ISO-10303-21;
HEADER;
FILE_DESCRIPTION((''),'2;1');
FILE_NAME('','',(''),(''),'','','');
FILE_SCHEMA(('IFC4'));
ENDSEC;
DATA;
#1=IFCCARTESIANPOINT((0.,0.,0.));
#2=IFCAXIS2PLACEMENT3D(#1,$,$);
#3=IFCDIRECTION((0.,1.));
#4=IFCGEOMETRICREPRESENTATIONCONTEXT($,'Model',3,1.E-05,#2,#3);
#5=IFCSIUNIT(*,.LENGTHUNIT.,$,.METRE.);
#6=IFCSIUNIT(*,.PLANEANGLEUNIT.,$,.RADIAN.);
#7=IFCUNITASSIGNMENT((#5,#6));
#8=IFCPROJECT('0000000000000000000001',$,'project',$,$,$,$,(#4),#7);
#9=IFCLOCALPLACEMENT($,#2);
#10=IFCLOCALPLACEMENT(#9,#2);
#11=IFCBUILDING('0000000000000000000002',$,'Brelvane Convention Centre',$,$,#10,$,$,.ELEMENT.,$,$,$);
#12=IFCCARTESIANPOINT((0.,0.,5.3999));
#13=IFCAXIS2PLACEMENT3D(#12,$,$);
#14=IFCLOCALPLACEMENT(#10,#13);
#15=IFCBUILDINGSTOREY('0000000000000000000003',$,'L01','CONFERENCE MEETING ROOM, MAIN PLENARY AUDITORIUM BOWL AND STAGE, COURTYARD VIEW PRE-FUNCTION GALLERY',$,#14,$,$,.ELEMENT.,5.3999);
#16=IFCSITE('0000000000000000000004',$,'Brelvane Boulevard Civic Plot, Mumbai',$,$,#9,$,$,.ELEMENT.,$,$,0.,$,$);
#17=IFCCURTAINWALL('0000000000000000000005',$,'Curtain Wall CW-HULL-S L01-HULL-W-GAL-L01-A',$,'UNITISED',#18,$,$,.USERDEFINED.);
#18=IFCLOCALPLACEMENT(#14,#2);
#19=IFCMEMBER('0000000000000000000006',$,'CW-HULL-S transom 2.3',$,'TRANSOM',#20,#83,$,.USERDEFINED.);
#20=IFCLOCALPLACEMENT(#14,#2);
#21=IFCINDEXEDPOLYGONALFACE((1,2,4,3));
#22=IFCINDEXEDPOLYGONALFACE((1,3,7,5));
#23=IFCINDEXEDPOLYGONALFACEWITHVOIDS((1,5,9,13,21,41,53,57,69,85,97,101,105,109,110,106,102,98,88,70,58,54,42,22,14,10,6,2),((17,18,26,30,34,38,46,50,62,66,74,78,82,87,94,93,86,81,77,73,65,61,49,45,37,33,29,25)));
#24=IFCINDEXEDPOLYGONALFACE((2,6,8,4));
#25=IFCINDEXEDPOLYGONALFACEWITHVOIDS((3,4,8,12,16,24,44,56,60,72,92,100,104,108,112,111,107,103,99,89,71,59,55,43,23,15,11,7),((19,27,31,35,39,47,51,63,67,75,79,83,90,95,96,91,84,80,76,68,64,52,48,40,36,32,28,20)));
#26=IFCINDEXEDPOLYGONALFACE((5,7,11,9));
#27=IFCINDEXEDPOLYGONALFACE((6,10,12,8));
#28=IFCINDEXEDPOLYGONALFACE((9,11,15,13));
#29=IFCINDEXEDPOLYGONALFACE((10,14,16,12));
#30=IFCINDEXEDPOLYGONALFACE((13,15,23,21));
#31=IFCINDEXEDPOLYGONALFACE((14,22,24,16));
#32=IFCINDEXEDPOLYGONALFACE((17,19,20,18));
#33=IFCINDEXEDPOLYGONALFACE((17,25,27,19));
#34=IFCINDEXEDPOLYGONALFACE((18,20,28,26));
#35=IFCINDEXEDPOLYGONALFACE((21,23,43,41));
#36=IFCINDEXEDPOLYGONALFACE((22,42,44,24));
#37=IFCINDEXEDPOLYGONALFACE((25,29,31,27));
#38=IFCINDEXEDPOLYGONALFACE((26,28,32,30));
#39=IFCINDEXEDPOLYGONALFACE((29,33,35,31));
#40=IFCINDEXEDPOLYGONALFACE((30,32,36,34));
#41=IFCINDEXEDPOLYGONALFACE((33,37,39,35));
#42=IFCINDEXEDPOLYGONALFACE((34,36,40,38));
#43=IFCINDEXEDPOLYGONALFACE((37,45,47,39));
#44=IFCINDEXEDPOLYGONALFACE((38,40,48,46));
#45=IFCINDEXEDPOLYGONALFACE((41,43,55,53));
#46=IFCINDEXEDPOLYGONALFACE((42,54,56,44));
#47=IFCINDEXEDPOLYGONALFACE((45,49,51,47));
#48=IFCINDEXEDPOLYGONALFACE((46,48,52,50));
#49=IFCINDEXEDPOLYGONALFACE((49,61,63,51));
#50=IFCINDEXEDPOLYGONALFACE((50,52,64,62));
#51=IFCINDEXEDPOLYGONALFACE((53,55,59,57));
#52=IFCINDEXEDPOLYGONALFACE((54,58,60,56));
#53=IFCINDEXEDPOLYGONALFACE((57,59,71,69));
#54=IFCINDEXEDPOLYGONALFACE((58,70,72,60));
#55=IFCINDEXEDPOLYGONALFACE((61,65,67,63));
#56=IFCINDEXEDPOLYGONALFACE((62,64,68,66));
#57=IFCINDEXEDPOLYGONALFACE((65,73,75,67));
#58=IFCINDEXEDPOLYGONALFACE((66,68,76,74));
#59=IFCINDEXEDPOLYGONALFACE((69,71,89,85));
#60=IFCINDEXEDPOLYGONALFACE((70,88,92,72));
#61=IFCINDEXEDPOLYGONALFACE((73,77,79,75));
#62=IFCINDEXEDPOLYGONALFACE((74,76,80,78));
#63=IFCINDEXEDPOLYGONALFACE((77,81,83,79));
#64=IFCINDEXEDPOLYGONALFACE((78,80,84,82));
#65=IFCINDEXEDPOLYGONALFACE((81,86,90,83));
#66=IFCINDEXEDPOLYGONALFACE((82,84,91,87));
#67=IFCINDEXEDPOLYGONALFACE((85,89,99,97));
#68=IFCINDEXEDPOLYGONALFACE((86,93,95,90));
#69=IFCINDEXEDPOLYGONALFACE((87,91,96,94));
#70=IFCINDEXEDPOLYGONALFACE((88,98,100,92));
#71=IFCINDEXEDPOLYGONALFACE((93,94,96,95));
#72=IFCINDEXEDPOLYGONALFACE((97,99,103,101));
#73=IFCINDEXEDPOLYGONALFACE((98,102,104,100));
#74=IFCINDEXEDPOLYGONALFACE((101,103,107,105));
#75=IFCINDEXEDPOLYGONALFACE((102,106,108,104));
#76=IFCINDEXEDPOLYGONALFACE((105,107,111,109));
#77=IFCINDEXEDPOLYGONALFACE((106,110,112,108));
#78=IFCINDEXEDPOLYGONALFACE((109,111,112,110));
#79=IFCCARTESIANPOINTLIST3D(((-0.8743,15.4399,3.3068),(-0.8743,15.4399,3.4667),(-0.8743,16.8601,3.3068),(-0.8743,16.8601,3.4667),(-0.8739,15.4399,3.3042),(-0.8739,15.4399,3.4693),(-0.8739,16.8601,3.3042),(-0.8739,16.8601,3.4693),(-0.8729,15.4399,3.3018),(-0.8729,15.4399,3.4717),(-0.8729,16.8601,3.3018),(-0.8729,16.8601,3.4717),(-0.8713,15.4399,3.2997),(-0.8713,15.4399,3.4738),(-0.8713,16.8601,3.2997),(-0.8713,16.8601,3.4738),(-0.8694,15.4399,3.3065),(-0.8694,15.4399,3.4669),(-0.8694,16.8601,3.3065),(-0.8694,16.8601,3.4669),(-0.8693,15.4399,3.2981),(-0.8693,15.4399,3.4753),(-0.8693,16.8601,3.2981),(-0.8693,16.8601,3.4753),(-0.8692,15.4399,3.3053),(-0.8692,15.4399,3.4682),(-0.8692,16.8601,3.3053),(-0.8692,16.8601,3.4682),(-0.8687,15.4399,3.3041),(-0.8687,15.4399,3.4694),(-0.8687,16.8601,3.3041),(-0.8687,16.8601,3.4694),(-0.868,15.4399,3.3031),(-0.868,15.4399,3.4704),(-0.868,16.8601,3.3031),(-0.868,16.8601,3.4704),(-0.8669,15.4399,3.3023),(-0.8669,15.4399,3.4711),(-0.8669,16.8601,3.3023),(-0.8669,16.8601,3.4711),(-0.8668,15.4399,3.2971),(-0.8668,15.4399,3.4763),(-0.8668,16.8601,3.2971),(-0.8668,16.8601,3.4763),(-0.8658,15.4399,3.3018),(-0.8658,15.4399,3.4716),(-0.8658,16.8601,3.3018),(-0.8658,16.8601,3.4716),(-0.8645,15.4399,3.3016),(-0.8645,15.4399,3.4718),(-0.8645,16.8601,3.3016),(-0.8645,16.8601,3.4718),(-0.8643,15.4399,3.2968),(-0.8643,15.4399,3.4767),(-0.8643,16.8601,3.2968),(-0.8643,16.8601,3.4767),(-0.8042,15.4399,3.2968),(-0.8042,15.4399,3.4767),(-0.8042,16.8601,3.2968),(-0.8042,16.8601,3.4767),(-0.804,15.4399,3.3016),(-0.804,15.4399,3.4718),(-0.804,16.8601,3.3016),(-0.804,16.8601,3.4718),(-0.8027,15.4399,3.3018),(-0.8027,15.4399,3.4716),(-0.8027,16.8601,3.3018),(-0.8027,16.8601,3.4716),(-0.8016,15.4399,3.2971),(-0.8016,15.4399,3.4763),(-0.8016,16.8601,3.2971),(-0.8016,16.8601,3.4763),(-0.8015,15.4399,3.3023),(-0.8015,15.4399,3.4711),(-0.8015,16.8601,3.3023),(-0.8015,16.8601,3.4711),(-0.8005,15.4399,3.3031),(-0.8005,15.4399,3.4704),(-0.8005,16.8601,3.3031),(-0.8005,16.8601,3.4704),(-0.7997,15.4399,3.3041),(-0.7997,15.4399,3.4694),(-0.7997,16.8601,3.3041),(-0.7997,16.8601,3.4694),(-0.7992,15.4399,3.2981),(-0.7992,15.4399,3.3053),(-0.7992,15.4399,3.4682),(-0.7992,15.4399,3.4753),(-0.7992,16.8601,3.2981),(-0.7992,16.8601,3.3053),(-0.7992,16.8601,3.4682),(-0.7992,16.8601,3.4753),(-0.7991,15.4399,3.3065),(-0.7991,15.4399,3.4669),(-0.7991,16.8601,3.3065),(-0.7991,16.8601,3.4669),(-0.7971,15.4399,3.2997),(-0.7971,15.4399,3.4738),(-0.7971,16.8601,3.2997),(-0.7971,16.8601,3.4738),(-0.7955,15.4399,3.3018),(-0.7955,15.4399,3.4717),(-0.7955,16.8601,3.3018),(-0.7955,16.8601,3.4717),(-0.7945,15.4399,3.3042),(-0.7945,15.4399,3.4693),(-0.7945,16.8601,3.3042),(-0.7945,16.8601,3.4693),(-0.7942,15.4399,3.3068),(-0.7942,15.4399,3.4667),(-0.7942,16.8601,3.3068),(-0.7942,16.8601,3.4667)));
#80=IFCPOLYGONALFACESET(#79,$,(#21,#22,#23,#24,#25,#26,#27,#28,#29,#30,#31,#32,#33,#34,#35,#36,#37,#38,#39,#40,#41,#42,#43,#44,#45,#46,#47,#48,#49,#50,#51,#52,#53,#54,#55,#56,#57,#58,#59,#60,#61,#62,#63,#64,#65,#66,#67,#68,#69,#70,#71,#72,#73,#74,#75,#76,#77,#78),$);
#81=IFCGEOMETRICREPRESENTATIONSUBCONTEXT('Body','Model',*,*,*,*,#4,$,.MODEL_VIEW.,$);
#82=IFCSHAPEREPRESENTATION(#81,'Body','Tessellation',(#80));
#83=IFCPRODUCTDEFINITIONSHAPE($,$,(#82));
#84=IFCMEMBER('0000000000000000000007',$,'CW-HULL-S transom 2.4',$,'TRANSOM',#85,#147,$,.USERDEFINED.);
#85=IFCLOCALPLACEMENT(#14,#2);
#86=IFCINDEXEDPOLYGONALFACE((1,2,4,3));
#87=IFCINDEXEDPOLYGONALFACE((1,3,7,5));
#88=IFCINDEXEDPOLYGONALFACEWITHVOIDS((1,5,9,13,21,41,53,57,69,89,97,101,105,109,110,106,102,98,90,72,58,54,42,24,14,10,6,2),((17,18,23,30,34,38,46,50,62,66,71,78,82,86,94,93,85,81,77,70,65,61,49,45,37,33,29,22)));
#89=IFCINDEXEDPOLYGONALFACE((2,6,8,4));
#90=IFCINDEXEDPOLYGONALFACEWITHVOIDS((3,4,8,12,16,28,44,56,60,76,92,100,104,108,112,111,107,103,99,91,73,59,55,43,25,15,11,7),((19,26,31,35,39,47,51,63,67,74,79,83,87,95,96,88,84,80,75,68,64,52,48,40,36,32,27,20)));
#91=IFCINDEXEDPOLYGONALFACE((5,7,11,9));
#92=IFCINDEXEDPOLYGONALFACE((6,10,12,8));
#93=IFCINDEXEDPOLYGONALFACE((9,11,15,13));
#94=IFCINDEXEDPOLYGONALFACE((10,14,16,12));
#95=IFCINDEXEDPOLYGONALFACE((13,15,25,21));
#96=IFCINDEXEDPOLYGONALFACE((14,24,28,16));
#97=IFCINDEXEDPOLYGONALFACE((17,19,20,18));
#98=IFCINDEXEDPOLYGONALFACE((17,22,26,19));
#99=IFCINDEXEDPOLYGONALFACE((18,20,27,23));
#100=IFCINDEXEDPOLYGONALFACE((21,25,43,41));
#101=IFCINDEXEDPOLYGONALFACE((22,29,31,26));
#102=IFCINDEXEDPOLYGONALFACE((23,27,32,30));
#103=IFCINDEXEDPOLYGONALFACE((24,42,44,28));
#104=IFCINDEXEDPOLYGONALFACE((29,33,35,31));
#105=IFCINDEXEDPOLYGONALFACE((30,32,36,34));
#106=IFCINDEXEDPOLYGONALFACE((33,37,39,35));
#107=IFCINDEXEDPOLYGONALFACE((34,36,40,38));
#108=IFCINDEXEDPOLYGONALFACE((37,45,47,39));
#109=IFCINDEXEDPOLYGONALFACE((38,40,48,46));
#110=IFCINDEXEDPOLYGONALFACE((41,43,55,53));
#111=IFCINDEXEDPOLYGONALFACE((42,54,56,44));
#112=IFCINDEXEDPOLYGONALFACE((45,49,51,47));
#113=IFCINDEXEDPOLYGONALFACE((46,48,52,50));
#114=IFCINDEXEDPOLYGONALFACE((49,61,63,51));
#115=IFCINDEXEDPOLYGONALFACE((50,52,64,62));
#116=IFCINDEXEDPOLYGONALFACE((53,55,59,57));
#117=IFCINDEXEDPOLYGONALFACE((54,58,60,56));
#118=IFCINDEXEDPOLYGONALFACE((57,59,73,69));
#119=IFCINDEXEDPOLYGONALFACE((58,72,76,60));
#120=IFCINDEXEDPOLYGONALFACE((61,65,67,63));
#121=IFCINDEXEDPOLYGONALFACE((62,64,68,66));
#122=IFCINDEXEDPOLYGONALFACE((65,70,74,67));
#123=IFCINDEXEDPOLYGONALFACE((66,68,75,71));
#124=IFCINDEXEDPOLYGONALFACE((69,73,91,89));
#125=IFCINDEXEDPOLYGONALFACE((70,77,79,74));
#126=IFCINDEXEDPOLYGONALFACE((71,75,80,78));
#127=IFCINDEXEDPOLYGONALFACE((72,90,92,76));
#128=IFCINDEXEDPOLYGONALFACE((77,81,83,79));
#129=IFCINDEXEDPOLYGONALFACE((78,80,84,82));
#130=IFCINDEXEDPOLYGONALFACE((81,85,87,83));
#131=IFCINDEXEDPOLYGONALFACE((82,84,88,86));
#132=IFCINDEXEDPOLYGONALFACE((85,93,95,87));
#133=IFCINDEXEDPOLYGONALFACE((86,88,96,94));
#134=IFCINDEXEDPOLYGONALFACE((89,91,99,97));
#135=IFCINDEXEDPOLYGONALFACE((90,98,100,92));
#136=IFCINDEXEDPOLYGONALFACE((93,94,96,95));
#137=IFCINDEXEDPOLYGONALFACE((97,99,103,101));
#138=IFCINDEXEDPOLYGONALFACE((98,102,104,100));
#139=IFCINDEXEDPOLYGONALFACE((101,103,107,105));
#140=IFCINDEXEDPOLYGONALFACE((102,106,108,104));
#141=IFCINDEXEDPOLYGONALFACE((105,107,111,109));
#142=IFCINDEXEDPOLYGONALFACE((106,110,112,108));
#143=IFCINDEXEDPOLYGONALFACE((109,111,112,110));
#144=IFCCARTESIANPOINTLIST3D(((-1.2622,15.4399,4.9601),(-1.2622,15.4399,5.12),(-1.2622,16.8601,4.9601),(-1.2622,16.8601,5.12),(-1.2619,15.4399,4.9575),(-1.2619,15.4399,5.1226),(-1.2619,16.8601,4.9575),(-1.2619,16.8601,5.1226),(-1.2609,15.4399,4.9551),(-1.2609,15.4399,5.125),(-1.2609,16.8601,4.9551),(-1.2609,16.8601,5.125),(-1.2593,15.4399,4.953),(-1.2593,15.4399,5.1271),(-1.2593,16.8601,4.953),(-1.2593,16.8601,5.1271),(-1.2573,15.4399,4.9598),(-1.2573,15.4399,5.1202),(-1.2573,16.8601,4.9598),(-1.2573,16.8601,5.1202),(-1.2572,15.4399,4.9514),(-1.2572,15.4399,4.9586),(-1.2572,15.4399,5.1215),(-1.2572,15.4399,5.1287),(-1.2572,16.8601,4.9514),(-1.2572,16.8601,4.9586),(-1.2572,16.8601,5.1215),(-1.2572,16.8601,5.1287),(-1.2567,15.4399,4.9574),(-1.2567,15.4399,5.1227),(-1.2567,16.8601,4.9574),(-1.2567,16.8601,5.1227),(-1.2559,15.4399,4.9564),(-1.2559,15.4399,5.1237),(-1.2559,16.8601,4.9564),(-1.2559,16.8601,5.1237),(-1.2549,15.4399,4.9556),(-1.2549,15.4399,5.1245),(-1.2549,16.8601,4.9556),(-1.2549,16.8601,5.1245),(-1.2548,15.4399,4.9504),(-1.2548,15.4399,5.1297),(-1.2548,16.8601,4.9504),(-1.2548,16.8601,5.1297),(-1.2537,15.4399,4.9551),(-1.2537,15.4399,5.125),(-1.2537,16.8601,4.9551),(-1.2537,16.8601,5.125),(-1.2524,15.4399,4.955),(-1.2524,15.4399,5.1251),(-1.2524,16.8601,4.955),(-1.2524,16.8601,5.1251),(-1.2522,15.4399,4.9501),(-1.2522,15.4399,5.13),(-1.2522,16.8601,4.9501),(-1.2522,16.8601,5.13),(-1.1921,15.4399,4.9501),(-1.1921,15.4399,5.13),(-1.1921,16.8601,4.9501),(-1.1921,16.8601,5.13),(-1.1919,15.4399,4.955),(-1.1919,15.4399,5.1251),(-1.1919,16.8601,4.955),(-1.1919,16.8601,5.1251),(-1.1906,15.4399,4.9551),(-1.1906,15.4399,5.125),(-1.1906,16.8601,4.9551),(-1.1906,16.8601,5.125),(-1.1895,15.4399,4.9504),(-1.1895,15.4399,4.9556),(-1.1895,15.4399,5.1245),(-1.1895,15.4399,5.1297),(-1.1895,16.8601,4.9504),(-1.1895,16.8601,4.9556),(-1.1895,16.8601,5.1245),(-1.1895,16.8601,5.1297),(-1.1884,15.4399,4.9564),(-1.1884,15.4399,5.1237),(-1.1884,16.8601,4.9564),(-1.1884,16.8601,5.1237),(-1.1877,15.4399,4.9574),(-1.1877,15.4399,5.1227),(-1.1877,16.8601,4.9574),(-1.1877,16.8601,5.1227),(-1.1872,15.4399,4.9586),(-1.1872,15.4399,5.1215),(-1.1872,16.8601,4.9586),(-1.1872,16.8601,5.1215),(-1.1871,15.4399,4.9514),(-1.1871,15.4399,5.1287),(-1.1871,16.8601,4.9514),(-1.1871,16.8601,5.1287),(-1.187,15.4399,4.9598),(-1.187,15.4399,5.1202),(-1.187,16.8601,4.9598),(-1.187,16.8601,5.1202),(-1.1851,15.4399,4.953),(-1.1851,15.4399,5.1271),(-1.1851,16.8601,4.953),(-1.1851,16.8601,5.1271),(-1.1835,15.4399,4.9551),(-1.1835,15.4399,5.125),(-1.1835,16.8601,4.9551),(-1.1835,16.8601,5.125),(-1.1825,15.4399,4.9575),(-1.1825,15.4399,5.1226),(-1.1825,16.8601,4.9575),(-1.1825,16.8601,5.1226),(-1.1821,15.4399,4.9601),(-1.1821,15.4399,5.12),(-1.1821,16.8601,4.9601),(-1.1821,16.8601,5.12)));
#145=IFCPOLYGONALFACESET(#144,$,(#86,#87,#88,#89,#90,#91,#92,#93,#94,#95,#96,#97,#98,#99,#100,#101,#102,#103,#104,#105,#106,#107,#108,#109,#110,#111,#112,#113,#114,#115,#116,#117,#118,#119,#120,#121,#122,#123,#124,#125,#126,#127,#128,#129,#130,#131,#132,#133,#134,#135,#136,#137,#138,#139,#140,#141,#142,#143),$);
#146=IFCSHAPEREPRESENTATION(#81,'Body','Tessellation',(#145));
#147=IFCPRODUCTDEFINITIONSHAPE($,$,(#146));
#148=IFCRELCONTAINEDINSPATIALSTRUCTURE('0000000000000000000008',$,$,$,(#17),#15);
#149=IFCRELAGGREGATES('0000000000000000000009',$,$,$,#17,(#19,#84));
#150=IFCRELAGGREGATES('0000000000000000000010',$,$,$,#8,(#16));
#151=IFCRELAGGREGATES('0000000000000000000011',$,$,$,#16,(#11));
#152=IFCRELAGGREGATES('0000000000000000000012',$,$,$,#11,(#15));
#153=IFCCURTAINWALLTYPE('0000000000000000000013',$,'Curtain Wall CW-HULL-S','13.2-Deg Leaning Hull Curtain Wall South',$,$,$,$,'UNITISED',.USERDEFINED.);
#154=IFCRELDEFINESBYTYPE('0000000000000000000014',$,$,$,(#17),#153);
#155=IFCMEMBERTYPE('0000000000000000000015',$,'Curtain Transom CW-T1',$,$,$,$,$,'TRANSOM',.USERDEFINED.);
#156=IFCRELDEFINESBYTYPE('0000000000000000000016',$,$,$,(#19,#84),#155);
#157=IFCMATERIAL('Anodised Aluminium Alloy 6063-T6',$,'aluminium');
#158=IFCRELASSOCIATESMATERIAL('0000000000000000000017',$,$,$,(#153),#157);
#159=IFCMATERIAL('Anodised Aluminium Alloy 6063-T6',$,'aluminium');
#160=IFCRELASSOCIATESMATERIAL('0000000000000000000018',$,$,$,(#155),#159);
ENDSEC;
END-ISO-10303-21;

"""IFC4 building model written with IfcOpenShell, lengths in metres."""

from ifc_helpers import new_model, si_unit, direction, frame, origin, origin_2d, place, context, subcontext, project, spatial, hollow_rectangle, extrude, material, material_profile, profile_set, type_object, element, aggregate, save


model = new_model("IFC4")

# Units and contexts
model_context = context("Model", 3, precision=1e-05, world=origin(), true_north=direction((0.0, 1.0)))
body_context = subcontext(model_context, "Body", "Model", "MODEL_VIEW")
ifc_project = project(units=[si_unit("LENGTHUNIT", "METRE"), si_unit("PLANEANGLEUNIT", "RADIAN")], contexts=[model_context])

# Site, building, storey
site_placement = place(None, origin())
site = spatial("IfcSite", under=ifc_project, at=site_placement, Name="Brelvane Boulevard Civic Plot, Mumbai", CompositionType="ELEMENT", RefElevation=0.0)
building_placement = place(site_placement, origin())
building = spatial("IfcBuilding", under=site, at=building_placement, Name="Brelvane Convention Centre", CompositionType="ELEMENT")
storey_placement = place(building_placement, frame((0.0, 0.0, 5.3999)))
storey = spatial("IfcBuildingStorey", under=building, at=storey_placement, Name="L01", Description="CONFERENCE MEETING ROOM, MAIN PLENARY AUDITORIUM BOWL AND STAGE, COURTYARD VIEW PRE-FUNCTION GALLERY", CompositionType="ELEMENT", Elevation=5.3999)

# Curtain wall
ifc_material_1 = material(Name="Anodised Aluminium Alloy 6063-T6", Category="aluminium")
curtain_wall_type = type_object("IfcCurtainWallType", Name="Curtain Wall CW-HULL-S", Description="13.2-Deg Leaning Hull Curtain Wall South", ElementType="UNITISED", PredefinedType="USERDEFINED", material=ifc_material_1)
curtain_wall_1_placement = place(storey_placement, origin())
curtain_wall_1 = element("IfcCurtainWall", 1, at=curtain_wall_1_placement, inside=storey, type_object=curtain_wall_type, Name="Curtain Wall CW-HULL-S L01-HULL-W-GAL-L01-A", ObjectType="UNITISED", PredefinedType="USERDEFINED")

# Members
ifc_material_2 = material(Name="Anodised Aluminium Alloy 6063-T6", Category="aluminium")
ifc_material_profile_1 = material_profile(ifc_material_2, hollow_rectangle(XDim=0.0801, YDim=0.1799, WallThickness=0.0049, InnerFilletRadius=0.0049, OuterFilletRadius=0.01, at=origin_2d()), Name="ALU-T 180x80x5.0")
ifc_profile_set_1 = profile_set([ifc_material_profile_1], Name="Anodised Aluminium Alloy 6063-T6")
member_type_1 = type_object("IfcMemberType", Name="Curtain Transom CW-T1", ElementType="TRANSOM", PredefinedType="USERDEFINED", material=ifc_profile_set_1)
member_1_placement = place(storey_placement, frame((-0.8342, 15.4399, 3.3867), z_axis=(0.0, 1.0, 0.0), x_axis=(-1.0, 0.0, 0.0)))
member_1 = element("IfcMember", 2, at=member_1_placement, type_object=member_type_1, Name="CW-HULL-S transom 2.3", ObjectType="TRANSOM", PredefinedType="USERDEFINED", context=body_context, shape_type="SweptSolid", body=[
    extrude(hollow_rectangle(XDim=0.0801, YDim=0.1799, WallThickness=0.0049, InnerFilletRadius=0.0049, OuterFilletRadius=0.01, at=origin_2d()), origin(), (0.0, 0.0, 1.0), 1.4202),
])
member_2_placement = place(storey_placement, frame((-1.2222, 15.4399, 5.04), z_axis=(0.0, 1.0, 0.0), x_axis=(-1.0, 0.0, 0.0)))
member_2 = element("IfcMember", 3, at=member_2_placement, type_object=member_type_1, Name="CW-HULL-S transom 2.4", ObjectType="TRANSOM", PredefinedType="USERDEFINED", context=body_context, shape_type="SweptSolid", body=[
    extrude(hollow_rectangle(XDim=0.0801, YDim=0.1799, WallThickness=0.0049, InnerFilletRadius=0.0049, OuterFilletRadius=0.01, at=origin_2d()), origin(), (0.0, 0.0, 1.0), 1.4202),
])

aggregate(curtain_wall_1, [member_1, member_2])

save(model, "model.ifc")
